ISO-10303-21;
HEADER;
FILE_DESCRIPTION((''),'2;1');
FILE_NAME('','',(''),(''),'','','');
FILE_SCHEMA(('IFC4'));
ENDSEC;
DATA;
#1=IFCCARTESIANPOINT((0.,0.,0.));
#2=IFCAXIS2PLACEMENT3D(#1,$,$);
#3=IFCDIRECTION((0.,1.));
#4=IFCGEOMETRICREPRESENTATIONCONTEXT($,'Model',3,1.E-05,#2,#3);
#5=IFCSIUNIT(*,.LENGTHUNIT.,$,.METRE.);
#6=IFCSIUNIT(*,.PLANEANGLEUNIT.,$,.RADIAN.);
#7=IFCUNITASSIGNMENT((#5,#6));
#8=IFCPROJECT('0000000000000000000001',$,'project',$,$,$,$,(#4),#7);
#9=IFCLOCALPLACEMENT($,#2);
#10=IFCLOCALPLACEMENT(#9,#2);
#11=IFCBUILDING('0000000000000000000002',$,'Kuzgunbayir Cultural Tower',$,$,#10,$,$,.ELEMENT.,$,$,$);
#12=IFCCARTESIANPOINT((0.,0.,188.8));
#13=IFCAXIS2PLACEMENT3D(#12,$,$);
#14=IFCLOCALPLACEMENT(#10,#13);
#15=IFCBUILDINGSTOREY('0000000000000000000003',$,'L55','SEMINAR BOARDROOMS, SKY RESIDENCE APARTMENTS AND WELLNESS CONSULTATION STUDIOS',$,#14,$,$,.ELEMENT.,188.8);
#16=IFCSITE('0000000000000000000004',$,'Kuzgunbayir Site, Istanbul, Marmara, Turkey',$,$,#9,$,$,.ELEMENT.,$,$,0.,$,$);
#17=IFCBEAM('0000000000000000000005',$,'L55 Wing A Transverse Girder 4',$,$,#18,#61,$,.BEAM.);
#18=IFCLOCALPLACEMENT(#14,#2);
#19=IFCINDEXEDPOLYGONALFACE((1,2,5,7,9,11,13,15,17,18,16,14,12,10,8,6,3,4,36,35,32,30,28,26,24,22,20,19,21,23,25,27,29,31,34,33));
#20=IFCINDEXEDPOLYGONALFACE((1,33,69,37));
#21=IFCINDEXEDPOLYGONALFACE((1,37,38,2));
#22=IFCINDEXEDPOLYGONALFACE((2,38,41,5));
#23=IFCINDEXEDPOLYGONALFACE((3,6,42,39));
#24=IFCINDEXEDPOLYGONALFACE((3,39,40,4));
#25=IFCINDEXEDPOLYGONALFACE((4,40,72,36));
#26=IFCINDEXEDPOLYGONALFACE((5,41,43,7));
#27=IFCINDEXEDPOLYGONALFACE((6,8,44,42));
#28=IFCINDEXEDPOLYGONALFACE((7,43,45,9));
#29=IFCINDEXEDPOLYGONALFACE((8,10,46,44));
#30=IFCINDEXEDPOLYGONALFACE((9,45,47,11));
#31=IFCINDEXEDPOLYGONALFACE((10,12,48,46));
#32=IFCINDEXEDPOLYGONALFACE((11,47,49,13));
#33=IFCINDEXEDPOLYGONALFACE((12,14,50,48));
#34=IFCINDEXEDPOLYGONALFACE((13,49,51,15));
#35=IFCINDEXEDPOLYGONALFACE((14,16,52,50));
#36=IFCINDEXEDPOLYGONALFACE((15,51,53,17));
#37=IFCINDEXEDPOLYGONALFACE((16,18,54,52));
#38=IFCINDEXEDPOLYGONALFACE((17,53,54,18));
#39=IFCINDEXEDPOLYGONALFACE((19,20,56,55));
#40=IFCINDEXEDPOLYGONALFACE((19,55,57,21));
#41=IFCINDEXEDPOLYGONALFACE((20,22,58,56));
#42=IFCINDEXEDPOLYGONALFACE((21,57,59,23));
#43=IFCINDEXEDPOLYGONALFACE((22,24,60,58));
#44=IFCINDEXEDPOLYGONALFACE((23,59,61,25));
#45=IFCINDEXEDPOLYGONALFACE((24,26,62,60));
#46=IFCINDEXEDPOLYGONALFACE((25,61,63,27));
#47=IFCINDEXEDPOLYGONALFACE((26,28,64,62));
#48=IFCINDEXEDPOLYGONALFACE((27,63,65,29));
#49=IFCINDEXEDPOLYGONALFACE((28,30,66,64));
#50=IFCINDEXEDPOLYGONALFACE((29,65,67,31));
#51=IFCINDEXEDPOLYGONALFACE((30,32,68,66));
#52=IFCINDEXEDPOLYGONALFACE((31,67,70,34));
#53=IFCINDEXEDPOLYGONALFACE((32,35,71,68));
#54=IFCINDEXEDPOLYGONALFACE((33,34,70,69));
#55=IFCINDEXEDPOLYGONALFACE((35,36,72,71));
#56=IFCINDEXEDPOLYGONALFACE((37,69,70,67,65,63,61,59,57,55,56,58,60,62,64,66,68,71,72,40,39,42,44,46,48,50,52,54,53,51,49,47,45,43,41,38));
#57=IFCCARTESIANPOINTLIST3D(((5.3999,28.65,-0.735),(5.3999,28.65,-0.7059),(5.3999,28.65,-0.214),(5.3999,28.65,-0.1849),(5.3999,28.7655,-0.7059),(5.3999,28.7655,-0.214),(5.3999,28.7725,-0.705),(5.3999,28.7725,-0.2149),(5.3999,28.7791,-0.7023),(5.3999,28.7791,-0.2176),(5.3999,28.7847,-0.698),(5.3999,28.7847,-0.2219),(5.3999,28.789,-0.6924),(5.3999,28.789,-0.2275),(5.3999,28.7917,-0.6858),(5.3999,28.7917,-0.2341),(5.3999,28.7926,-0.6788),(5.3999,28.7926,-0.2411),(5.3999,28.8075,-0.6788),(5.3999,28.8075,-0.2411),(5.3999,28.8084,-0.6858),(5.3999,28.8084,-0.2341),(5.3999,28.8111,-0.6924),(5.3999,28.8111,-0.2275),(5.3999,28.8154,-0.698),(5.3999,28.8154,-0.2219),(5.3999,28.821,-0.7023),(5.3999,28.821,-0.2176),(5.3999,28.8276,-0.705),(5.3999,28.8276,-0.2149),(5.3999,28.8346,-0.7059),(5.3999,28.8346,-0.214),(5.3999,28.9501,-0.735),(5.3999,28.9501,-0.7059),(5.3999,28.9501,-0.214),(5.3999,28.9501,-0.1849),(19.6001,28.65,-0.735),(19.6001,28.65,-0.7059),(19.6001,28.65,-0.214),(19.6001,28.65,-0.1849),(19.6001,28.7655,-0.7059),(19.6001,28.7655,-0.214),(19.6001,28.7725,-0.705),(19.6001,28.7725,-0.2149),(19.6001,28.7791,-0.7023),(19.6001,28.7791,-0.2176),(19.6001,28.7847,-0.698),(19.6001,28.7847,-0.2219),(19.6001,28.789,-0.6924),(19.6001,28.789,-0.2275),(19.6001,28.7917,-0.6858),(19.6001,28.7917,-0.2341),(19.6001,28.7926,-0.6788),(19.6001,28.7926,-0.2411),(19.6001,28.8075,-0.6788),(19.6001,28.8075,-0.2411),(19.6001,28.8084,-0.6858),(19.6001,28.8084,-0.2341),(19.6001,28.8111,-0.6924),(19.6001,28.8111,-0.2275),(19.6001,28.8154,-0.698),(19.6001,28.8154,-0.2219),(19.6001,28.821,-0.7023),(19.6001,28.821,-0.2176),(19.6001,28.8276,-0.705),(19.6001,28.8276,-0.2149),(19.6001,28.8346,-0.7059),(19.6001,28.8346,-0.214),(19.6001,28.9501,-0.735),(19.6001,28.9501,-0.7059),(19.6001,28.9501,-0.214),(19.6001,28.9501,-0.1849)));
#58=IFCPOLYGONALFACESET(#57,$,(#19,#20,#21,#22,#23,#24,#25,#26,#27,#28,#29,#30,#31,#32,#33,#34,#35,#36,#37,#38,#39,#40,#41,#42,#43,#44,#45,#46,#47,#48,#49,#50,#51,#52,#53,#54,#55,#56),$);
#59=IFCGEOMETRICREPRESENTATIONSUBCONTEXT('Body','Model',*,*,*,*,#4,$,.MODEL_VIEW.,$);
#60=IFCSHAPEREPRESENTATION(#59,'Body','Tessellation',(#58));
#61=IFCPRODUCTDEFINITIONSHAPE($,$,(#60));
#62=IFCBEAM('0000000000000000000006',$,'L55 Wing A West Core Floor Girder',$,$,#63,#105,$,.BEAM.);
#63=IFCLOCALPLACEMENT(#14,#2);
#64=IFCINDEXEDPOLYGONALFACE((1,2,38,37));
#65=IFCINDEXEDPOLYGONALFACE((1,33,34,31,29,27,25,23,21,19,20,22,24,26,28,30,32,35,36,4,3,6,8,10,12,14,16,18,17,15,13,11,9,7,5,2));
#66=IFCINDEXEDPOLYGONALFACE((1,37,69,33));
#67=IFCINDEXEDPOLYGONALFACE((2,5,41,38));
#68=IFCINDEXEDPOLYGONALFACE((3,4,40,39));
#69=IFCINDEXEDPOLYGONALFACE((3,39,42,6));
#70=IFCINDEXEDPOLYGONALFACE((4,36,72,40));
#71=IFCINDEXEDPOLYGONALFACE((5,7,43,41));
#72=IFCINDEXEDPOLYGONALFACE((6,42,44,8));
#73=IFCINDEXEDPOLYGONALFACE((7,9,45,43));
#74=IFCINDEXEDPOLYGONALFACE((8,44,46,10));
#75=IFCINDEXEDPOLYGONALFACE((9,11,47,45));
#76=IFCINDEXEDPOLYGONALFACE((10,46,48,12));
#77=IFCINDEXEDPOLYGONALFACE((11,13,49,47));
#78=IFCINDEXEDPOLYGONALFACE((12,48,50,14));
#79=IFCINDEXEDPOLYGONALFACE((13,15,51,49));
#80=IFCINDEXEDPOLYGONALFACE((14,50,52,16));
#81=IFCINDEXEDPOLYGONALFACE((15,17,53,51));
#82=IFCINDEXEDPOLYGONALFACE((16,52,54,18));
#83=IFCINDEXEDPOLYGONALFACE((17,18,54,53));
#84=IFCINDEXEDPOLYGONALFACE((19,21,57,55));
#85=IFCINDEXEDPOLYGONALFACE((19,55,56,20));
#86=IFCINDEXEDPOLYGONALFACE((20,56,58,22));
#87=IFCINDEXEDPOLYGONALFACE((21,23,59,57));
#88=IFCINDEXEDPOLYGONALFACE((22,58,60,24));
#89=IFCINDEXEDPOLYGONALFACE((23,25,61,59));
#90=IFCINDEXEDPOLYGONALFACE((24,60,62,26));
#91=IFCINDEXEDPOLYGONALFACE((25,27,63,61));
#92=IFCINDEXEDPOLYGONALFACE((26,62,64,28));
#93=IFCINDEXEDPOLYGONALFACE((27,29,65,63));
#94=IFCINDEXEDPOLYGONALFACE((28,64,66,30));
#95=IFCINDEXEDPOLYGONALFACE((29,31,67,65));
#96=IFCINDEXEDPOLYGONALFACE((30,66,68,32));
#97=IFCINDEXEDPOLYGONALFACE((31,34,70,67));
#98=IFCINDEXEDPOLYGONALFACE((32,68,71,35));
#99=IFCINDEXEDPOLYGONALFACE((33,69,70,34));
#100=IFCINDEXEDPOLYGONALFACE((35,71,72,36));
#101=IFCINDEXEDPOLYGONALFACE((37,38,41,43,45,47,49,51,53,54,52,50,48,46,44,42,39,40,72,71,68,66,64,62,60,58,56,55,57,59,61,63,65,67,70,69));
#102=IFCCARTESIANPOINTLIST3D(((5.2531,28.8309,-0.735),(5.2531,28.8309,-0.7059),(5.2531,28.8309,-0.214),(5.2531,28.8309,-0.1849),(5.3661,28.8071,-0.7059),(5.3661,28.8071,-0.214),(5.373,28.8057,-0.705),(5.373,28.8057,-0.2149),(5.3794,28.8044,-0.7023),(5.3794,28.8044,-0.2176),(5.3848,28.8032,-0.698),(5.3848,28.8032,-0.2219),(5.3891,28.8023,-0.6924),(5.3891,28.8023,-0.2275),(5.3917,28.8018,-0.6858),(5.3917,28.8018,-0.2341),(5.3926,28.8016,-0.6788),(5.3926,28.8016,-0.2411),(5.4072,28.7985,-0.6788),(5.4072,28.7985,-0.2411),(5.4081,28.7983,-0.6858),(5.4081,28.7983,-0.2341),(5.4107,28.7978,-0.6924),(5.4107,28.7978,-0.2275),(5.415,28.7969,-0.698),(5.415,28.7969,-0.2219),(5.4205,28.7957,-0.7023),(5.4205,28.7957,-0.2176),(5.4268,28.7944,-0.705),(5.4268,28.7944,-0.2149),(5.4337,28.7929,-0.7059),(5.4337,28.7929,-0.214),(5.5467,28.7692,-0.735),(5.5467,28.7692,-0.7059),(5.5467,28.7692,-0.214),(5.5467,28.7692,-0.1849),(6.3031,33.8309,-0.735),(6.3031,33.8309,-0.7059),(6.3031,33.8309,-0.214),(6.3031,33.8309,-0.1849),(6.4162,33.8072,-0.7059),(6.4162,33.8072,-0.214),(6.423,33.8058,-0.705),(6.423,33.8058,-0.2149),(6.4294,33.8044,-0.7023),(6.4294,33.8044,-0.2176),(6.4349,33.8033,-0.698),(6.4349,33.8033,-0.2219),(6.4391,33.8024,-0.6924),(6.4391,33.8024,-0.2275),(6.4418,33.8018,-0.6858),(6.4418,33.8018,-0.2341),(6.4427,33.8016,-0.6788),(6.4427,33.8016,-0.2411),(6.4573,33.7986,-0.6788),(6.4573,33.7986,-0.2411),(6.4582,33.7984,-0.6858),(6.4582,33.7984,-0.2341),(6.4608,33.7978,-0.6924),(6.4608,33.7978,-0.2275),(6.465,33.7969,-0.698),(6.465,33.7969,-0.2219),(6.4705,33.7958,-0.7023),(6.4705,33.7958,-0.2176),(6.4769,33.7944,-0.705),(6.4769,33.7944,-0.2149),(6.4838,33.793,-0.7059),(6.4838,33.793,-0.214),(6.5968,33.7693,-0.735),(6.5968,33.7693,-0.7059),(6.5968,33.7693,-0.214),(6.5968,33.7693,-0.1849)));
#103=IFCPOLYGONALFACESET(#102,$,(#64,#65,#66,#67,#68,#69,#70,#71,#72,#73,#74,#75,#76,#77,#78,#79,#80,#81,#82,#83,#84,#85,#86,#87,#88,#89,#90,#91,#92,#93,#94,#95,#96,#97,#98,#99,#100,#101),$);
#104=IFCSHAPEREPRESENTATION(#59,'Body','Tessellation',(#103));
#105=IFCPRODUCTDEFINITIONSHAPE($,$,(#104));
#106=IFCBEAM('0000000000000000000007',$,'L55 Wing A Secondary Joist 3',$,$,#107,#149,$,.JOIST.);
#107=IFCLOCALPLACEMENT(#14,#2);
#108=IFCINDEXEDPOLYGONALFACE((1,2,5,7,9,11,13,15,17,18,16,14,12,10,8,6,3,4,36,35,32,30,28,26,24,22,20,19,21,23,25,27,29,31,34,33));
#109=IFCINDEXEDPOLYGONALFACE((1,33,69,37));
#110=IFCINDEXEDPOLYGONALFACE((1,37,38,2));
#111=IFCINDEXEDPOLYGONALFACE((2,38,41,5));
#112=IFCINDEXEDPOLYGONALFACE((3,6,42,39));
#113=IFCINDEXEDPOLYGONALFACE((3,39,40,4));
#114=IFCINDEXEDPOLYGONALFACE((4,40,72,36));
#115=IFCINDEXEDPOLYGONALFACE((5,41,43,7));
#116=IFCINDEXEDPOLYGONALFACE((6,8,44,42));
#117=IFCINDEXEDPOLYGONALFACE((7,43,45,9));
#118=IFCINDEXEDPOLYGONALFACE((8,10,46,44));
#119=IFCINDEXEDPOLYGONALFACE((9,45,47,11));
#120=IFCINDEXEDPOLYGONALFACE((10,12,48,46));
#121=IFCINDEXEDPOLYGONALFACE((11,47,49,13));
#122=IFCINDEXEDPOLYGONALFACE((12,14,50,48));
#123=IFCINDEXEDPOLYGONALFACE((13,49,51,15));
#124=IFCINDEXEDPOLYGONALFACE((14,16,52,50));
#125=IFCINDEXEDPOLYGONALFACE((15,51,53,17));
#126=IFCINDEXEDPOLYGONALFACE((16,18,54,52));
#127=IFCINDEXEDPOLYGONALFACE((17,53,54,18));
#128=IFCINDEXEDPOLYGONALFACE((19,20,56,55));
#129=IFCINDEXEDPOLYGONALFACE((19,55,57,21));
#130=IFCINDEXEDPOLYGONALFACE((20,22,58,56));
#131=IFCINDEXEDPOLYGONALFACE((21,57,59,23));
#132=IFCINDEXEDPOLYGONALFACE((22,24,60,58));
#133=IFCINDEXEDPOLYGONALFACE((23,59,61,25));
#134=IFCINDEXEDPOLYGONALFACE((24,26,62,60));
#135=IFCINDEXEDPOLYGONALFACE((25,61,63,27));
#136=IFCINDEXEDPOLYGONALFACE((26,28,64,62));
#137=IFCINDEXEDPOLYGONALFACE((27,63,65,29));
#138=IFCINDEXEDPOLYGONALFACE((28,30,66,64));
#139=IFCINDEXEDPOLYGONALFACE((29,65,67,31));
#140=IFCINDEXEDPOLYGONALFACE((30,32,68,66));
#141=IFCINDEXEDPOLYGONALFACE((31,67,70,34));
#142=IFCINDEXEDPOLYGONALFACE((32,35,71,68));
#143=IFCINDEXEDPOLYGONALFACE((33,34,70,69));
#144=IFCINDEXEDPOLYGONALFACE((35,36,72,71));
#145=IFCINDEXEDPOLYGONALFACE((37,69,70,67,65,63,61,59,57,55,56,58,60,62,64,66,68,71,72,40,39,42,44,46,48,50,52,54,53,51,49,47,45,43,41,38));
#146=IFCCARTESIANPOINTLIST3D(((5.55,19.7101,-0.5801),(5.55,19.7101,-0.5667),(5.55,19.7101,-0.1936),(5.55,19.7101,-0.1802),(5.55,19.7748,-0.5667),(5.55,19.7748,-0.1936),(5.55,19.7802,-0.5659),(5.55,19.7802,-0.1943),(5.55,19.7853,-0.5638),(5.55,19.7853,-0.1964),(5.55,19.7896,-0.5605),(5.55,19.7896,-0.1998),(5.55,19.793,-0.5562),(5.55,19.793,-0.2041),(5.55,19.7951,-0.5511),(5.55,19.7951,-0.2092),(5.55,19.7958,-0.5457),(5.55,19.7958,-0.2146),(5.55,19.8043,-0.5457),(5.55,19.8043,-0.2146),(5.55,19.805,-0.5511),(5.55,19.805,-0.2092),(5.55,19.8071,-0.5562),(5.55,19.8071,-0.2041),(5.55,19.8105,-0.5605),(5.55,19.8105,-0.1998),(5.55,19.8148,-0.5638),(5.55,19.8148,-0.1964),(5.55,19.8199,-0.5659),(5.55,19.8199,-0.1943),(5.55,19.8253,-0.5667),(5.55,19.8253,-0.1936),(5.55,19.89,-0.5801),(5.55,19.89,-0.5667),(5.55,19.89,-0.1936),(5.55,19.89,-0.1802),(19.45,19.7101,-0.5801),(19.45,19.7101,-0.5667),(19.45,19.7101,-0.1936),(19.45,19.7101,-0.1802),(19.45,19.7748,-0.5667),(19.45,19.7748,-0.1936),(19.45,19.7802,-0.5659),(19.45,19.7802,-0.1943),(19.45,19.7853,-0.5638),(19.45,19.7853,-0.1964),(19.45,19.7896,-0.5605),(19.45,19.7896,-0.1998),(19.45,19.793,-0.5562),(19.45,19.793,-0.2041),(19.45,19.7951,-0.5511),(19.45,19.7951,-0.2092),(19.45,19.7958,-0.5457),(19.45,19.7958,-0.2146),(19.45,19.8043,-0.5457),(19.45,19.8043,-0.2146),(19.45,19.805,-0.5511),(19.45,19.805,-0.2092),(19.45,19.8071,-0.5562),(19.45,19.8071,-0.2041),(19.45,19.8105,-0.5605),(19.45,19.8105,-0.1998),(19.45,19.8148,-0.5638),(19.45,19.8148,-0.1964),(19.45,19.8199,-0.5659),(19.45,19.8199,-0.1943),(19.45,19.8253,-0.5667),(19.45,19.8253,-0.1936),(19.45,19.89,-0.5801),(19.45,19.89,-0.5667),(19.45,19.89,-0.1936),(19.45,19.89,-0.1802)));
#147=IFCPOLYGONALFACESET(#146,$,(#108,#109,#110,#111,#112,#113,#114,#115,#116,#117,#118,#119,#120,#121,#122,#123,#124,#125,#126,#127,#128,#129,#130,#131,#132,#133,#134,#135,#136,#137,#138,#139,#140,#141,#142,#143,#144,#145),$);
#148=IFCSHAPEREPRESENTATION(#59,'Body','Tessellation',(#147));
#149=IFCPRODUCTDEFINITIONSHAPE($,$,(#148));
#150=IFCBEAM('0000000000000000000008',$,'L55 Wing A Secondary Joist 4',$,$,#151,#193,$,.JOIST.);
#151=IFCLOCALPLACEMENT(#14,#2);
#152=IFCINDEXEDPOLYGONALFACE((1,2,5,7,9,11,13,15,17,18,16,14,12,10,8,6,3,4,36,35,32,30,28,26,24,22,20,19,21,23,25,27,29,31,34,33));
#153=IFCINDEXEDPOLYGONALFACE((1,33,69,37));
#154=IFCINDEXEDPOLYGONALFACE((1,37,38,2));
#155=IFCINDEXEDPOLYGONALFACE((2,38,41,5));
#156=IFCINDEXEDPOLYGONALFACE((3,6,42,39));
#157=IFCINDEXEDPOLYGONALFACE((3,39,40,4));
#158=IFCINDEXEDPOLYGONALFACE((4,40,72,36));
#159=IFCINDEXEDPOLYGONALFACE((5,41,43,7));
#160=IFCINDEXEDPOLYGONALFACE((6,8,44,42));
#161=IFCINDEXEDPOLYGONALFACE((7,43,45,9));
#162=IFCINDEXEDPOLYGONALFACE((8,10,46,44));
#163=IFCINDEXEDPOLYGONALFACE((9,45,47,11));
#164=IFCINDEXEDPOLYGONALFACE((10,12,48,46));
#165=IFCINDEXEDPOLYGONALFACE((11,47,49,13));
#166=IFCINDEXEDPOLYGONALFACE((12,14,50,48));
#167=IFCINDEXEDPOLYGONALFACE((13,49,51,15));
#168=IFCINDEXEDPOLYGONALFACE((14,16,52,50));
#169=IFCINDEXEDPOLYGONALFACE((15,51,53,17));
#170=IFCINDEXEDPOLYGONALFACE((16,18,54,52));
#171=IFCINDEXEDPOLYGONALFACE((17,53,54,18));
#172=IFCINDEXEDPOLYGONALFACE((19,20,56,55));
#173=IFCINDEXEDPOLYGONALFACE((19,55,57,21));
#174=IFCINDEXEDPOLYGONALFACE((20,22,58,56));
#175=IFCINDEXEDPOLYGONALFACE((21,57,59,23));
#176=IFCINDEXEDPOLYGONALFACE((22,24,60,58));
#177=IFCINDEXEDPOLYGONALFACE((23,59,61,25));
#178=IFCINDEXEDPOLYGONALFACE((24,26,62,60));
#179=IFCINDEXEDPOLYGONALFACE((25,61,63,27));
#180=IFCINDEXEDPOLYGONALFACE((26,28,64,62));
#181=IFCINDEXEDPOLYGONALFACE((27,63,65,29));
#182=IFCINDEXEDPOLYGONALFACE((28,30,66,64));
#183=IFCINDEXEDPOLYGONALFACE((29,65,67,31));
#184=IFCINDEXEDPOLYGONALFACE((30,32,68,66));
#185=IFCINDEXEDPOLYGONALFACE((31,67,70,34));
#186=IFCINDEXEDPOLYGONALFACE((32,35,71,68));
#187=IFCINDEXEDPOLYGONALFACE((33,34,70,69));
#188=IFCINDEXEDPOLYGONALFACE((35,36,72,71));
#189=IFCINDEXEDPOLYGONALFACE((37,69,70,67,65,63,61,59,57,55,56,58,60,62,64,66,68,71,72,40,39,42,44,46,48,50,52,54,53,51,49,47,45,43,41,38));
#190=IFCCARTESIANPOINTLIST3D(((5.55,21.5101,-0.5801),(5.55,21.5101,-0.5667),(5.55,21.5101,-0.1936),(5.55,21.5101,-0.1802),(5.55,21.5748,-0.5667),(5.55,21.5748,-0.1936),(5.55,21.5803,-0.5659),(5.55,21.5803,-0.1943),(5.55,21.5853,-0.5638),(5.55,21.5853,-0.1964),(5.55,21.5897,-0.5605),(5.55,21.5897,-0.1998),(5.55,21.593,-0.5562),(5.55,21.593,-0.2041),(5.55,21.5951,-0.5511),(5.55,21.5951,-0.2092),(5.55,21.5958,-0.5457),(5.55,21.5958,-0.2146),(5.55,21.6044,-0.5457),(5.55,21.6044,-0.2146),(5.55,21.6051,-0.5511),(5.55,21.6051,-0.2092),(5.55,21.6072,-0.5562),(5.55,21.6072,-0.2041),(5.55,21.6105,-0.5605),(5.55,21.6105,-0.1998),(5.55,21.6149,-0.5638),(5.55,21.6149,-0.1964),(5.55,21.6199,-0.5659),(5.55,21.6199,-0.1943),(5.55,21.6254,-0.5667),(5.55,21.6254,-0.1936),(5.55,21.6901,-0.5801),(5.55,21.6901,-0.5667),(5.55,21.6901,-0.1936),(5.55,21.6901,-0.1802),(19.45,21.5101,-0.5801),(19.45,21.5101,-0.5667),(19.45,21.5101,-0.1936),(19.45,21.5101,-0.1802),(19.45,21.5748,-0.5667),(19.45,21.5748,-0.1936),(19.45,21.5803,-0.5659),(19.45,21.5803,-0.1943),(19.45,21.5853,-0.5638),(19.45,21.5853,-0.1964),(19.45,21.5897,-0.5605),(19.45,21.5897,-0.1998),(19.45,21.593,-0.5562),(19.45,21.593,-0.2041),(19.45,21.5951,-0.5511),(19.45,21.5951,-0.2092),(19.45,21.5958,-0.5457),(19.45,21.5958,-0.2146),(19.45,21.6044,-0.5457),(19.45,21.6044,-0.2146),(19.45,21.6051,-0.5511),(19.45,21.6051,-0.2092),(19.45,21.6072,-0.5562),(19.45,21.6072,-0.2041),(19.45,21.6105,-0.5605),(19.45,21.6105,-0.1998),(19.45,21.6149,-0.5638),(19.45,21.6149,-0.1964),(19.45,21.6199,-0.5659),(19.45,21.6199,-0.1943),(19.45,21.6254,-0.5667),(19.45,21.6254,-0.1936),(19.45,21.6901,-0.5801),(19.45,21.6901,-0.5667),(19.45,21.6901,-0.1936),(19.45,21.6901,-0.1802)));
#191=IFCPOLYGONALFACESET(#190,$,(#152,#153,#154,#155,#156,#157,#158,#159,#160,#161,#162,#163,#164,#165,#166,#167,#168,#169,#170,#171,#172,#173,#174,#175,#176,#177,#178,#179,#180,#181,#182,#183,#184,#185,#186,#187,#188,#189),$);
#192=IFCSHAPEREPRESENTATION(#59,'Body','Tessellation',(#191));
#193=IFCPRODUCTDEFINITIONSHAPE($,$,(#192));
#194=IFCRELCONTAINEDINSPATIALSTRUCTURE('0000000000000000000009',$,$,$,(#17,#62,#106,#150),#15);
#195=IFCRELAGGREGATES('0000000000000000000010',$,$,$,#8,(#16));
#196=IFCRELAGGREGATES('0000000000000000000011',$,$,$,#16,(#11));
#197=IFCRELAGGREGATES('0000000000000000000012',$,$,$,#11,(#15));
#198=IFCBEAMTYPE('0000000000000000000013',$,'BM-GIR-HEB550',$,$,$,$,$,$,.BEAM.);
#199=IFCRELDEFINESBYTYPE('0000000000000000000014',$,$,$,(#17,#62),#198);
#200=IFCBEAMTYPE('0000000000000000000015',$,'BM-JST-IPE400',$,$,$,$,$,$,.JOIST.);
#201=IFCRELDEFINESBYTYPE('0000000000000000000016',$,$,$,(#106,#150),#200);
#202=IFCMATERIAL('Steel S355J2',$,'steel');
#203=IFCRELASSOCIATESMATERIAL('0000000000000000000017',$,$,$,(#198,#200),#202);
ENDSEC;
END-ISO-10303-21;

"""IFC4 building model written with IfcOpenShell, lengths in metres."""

from ifc_helpers import new_model, si_unit, direction, frame, origin, origin_2d, place, context, subcontext, project, spatial, i_section, extrude, material, material_profile, profile_set, type_object, element, save


model = new_model("IFC4")

# Units and contexts
model_context = context("Model", 3, precision=1e-05, world=origin(), true_north=direction((0.0, 1.0)))
body_context = subcontext(model_context, "Body", "Model", "MODEL_VIEW")
ifc_project = project(units=[si_unit("LENGTHUNIT", "METRE"), si_unit("PLANEANGLEUNIT", "RADIAN")], contexts=[model_context])

# Site, building, storey
site_placement = place(None, origin())
site = spatial("IfcSite", under=ifc_project, at=site_placement, Name="Kuzgunbayir Site, Istanbul, Marmara, Turkey", CompositionType="ELEMENT", RefElevation=0.0)
building_placement = place(site_placement, origin())
building = spatial("IfcBuilding", under=site, at=building_placement, Name="Kuzgunbayir Cultural Tower", CompositionType="ELEMENT")
storey_placement = place(building_placement, frame((0.0, 0.0, 188.8)))
storey = spatial("IfcBuildingStorey", under=building, at=storey_placement, Name="L55", Description="SEMINAR BOARDROOMS, SKY RESIDENCE APARTMENTS AND WELLNESS CONSULTATION STUDIOS", CompositionType="ELEMENT", Elevation=188.8)

# Beams
ifc_material_1 = material(Name="Steel S355J2", Category="steel")
ifc_material_profile_1 = material_profile(ifc_material_1, i_section(OverallWidth=0.3, OverallDepth=0.55, WebThickness=0.0149, FlangeThickness=0.0291, FilletRadius=0.0271, at=origin_2d()), Name="HEB 550")
ifc_profile_set_1 = profile_set([ifc_material_profile_1], Name="Steel S355J2")
beam_type_1 = type_object("IfcBeamType", Name="BM-GIR-HEB550", PredefinedType="BEAM", material=ifc_profile_set_1)
for number, where, z_axis, x_axis, name in (
    (1, (5.3999, 28.8, -0.46), (1.0, 0.0, 0.0), (0.0, 1.0, 0.0), "L55 Wing A Transverse Girder 4"),
):
    element("IfcBeam", number, at=place(storey_placement, frame(where, z_axis=z_axis, x_axis=x_axis)), inside=storey, type_object=beam_type_1, Name=name, PredefinedType="BEAM", context=body_context, shape_type="SweptSolid", body=[
        extrude(i_section(OverallWidth=0.3, OverallDepth=0.55, WebThickness=0.0149, FlangeThickness=0.0291, FilletRadius=0.0271, at=origin_2d()), origin(), (0.0, 0.0, 1.0), 14.2002),
    ])
beam_1_placement = place(storey_placement, frame((5.3999, 28.8, -0.46), z_axis=(0.205526, 0.978652, 0.0), x_axis=(-0.978652, 0.205526, 0.0)))
element("IfcBeam", 2, at=beam_1_placement, inside=storey, type_object=beam_type_1, Name="L55 Wing A West Core Floor Girder", PredefinedType="BEAM", context=body_context, shape_type="SweptSolid", body=[
    extrude(i_section(OverallWidth=0.3, OverallDepth=0.55, WebThickness=0.0149, FlangeThickness=0.0291, FilletRadius=0.0271, at=origin_2d()), origin(), (0.0, 0.0, 1.0), 5.1091),
])
ifc_material_profile_2 = material_profile(ifc_material_1, i_section(OverallWidth=0.1799, OverallDepth=0.3999, WebThickness=0.0085, FlangeThickness=0.0134, FilletRadius=0.021, at=origin_2d()), Name="IPE 400")
ifc_profile_set_2 = profile_set([ifc_material_profile_2], Name="Steel S355J2")
beam_type_2 = type_object("IfcBeamType", Name="BM-JST-IPE400", PredefinedType="JOIST", material=ifc_profile_set_2)
for number, where, z_axis, x_axis, name in (
    (3, (5.55, 19.8, -0.3801), (1.0, 0.0, 0.0), (0.0, 1.0, 0.0), "L55 Wing A Secondary Joist 3"),
    (4, (5.55, 21.6001, -0.3801), (1.0, 0.0, 0.0), (0.0, 1.0, 0.0), "L55 Wing A Secondary Joist 4"),
):
    element("IfcBeam", number, at=place(storey_placement, frame(where, z_axis=z_axis, x_axis=x_axis)), inside=storey, type_object=beam_type_2, Name=name, PredefinedType="JOIST", context=body_context, shape_type="SweptSolid", body=[
        extrude(i_section(OverallWidth=0.1799, OverallDepth=0.3999, WebThickness=0.0085, FlangeThickness=0.0134, FilletRadius=0.021, at=origin_2d()), origin(), (0.0, 0.0, 1.0), 13.8999),
    ])

save(model, "model.ifc")
